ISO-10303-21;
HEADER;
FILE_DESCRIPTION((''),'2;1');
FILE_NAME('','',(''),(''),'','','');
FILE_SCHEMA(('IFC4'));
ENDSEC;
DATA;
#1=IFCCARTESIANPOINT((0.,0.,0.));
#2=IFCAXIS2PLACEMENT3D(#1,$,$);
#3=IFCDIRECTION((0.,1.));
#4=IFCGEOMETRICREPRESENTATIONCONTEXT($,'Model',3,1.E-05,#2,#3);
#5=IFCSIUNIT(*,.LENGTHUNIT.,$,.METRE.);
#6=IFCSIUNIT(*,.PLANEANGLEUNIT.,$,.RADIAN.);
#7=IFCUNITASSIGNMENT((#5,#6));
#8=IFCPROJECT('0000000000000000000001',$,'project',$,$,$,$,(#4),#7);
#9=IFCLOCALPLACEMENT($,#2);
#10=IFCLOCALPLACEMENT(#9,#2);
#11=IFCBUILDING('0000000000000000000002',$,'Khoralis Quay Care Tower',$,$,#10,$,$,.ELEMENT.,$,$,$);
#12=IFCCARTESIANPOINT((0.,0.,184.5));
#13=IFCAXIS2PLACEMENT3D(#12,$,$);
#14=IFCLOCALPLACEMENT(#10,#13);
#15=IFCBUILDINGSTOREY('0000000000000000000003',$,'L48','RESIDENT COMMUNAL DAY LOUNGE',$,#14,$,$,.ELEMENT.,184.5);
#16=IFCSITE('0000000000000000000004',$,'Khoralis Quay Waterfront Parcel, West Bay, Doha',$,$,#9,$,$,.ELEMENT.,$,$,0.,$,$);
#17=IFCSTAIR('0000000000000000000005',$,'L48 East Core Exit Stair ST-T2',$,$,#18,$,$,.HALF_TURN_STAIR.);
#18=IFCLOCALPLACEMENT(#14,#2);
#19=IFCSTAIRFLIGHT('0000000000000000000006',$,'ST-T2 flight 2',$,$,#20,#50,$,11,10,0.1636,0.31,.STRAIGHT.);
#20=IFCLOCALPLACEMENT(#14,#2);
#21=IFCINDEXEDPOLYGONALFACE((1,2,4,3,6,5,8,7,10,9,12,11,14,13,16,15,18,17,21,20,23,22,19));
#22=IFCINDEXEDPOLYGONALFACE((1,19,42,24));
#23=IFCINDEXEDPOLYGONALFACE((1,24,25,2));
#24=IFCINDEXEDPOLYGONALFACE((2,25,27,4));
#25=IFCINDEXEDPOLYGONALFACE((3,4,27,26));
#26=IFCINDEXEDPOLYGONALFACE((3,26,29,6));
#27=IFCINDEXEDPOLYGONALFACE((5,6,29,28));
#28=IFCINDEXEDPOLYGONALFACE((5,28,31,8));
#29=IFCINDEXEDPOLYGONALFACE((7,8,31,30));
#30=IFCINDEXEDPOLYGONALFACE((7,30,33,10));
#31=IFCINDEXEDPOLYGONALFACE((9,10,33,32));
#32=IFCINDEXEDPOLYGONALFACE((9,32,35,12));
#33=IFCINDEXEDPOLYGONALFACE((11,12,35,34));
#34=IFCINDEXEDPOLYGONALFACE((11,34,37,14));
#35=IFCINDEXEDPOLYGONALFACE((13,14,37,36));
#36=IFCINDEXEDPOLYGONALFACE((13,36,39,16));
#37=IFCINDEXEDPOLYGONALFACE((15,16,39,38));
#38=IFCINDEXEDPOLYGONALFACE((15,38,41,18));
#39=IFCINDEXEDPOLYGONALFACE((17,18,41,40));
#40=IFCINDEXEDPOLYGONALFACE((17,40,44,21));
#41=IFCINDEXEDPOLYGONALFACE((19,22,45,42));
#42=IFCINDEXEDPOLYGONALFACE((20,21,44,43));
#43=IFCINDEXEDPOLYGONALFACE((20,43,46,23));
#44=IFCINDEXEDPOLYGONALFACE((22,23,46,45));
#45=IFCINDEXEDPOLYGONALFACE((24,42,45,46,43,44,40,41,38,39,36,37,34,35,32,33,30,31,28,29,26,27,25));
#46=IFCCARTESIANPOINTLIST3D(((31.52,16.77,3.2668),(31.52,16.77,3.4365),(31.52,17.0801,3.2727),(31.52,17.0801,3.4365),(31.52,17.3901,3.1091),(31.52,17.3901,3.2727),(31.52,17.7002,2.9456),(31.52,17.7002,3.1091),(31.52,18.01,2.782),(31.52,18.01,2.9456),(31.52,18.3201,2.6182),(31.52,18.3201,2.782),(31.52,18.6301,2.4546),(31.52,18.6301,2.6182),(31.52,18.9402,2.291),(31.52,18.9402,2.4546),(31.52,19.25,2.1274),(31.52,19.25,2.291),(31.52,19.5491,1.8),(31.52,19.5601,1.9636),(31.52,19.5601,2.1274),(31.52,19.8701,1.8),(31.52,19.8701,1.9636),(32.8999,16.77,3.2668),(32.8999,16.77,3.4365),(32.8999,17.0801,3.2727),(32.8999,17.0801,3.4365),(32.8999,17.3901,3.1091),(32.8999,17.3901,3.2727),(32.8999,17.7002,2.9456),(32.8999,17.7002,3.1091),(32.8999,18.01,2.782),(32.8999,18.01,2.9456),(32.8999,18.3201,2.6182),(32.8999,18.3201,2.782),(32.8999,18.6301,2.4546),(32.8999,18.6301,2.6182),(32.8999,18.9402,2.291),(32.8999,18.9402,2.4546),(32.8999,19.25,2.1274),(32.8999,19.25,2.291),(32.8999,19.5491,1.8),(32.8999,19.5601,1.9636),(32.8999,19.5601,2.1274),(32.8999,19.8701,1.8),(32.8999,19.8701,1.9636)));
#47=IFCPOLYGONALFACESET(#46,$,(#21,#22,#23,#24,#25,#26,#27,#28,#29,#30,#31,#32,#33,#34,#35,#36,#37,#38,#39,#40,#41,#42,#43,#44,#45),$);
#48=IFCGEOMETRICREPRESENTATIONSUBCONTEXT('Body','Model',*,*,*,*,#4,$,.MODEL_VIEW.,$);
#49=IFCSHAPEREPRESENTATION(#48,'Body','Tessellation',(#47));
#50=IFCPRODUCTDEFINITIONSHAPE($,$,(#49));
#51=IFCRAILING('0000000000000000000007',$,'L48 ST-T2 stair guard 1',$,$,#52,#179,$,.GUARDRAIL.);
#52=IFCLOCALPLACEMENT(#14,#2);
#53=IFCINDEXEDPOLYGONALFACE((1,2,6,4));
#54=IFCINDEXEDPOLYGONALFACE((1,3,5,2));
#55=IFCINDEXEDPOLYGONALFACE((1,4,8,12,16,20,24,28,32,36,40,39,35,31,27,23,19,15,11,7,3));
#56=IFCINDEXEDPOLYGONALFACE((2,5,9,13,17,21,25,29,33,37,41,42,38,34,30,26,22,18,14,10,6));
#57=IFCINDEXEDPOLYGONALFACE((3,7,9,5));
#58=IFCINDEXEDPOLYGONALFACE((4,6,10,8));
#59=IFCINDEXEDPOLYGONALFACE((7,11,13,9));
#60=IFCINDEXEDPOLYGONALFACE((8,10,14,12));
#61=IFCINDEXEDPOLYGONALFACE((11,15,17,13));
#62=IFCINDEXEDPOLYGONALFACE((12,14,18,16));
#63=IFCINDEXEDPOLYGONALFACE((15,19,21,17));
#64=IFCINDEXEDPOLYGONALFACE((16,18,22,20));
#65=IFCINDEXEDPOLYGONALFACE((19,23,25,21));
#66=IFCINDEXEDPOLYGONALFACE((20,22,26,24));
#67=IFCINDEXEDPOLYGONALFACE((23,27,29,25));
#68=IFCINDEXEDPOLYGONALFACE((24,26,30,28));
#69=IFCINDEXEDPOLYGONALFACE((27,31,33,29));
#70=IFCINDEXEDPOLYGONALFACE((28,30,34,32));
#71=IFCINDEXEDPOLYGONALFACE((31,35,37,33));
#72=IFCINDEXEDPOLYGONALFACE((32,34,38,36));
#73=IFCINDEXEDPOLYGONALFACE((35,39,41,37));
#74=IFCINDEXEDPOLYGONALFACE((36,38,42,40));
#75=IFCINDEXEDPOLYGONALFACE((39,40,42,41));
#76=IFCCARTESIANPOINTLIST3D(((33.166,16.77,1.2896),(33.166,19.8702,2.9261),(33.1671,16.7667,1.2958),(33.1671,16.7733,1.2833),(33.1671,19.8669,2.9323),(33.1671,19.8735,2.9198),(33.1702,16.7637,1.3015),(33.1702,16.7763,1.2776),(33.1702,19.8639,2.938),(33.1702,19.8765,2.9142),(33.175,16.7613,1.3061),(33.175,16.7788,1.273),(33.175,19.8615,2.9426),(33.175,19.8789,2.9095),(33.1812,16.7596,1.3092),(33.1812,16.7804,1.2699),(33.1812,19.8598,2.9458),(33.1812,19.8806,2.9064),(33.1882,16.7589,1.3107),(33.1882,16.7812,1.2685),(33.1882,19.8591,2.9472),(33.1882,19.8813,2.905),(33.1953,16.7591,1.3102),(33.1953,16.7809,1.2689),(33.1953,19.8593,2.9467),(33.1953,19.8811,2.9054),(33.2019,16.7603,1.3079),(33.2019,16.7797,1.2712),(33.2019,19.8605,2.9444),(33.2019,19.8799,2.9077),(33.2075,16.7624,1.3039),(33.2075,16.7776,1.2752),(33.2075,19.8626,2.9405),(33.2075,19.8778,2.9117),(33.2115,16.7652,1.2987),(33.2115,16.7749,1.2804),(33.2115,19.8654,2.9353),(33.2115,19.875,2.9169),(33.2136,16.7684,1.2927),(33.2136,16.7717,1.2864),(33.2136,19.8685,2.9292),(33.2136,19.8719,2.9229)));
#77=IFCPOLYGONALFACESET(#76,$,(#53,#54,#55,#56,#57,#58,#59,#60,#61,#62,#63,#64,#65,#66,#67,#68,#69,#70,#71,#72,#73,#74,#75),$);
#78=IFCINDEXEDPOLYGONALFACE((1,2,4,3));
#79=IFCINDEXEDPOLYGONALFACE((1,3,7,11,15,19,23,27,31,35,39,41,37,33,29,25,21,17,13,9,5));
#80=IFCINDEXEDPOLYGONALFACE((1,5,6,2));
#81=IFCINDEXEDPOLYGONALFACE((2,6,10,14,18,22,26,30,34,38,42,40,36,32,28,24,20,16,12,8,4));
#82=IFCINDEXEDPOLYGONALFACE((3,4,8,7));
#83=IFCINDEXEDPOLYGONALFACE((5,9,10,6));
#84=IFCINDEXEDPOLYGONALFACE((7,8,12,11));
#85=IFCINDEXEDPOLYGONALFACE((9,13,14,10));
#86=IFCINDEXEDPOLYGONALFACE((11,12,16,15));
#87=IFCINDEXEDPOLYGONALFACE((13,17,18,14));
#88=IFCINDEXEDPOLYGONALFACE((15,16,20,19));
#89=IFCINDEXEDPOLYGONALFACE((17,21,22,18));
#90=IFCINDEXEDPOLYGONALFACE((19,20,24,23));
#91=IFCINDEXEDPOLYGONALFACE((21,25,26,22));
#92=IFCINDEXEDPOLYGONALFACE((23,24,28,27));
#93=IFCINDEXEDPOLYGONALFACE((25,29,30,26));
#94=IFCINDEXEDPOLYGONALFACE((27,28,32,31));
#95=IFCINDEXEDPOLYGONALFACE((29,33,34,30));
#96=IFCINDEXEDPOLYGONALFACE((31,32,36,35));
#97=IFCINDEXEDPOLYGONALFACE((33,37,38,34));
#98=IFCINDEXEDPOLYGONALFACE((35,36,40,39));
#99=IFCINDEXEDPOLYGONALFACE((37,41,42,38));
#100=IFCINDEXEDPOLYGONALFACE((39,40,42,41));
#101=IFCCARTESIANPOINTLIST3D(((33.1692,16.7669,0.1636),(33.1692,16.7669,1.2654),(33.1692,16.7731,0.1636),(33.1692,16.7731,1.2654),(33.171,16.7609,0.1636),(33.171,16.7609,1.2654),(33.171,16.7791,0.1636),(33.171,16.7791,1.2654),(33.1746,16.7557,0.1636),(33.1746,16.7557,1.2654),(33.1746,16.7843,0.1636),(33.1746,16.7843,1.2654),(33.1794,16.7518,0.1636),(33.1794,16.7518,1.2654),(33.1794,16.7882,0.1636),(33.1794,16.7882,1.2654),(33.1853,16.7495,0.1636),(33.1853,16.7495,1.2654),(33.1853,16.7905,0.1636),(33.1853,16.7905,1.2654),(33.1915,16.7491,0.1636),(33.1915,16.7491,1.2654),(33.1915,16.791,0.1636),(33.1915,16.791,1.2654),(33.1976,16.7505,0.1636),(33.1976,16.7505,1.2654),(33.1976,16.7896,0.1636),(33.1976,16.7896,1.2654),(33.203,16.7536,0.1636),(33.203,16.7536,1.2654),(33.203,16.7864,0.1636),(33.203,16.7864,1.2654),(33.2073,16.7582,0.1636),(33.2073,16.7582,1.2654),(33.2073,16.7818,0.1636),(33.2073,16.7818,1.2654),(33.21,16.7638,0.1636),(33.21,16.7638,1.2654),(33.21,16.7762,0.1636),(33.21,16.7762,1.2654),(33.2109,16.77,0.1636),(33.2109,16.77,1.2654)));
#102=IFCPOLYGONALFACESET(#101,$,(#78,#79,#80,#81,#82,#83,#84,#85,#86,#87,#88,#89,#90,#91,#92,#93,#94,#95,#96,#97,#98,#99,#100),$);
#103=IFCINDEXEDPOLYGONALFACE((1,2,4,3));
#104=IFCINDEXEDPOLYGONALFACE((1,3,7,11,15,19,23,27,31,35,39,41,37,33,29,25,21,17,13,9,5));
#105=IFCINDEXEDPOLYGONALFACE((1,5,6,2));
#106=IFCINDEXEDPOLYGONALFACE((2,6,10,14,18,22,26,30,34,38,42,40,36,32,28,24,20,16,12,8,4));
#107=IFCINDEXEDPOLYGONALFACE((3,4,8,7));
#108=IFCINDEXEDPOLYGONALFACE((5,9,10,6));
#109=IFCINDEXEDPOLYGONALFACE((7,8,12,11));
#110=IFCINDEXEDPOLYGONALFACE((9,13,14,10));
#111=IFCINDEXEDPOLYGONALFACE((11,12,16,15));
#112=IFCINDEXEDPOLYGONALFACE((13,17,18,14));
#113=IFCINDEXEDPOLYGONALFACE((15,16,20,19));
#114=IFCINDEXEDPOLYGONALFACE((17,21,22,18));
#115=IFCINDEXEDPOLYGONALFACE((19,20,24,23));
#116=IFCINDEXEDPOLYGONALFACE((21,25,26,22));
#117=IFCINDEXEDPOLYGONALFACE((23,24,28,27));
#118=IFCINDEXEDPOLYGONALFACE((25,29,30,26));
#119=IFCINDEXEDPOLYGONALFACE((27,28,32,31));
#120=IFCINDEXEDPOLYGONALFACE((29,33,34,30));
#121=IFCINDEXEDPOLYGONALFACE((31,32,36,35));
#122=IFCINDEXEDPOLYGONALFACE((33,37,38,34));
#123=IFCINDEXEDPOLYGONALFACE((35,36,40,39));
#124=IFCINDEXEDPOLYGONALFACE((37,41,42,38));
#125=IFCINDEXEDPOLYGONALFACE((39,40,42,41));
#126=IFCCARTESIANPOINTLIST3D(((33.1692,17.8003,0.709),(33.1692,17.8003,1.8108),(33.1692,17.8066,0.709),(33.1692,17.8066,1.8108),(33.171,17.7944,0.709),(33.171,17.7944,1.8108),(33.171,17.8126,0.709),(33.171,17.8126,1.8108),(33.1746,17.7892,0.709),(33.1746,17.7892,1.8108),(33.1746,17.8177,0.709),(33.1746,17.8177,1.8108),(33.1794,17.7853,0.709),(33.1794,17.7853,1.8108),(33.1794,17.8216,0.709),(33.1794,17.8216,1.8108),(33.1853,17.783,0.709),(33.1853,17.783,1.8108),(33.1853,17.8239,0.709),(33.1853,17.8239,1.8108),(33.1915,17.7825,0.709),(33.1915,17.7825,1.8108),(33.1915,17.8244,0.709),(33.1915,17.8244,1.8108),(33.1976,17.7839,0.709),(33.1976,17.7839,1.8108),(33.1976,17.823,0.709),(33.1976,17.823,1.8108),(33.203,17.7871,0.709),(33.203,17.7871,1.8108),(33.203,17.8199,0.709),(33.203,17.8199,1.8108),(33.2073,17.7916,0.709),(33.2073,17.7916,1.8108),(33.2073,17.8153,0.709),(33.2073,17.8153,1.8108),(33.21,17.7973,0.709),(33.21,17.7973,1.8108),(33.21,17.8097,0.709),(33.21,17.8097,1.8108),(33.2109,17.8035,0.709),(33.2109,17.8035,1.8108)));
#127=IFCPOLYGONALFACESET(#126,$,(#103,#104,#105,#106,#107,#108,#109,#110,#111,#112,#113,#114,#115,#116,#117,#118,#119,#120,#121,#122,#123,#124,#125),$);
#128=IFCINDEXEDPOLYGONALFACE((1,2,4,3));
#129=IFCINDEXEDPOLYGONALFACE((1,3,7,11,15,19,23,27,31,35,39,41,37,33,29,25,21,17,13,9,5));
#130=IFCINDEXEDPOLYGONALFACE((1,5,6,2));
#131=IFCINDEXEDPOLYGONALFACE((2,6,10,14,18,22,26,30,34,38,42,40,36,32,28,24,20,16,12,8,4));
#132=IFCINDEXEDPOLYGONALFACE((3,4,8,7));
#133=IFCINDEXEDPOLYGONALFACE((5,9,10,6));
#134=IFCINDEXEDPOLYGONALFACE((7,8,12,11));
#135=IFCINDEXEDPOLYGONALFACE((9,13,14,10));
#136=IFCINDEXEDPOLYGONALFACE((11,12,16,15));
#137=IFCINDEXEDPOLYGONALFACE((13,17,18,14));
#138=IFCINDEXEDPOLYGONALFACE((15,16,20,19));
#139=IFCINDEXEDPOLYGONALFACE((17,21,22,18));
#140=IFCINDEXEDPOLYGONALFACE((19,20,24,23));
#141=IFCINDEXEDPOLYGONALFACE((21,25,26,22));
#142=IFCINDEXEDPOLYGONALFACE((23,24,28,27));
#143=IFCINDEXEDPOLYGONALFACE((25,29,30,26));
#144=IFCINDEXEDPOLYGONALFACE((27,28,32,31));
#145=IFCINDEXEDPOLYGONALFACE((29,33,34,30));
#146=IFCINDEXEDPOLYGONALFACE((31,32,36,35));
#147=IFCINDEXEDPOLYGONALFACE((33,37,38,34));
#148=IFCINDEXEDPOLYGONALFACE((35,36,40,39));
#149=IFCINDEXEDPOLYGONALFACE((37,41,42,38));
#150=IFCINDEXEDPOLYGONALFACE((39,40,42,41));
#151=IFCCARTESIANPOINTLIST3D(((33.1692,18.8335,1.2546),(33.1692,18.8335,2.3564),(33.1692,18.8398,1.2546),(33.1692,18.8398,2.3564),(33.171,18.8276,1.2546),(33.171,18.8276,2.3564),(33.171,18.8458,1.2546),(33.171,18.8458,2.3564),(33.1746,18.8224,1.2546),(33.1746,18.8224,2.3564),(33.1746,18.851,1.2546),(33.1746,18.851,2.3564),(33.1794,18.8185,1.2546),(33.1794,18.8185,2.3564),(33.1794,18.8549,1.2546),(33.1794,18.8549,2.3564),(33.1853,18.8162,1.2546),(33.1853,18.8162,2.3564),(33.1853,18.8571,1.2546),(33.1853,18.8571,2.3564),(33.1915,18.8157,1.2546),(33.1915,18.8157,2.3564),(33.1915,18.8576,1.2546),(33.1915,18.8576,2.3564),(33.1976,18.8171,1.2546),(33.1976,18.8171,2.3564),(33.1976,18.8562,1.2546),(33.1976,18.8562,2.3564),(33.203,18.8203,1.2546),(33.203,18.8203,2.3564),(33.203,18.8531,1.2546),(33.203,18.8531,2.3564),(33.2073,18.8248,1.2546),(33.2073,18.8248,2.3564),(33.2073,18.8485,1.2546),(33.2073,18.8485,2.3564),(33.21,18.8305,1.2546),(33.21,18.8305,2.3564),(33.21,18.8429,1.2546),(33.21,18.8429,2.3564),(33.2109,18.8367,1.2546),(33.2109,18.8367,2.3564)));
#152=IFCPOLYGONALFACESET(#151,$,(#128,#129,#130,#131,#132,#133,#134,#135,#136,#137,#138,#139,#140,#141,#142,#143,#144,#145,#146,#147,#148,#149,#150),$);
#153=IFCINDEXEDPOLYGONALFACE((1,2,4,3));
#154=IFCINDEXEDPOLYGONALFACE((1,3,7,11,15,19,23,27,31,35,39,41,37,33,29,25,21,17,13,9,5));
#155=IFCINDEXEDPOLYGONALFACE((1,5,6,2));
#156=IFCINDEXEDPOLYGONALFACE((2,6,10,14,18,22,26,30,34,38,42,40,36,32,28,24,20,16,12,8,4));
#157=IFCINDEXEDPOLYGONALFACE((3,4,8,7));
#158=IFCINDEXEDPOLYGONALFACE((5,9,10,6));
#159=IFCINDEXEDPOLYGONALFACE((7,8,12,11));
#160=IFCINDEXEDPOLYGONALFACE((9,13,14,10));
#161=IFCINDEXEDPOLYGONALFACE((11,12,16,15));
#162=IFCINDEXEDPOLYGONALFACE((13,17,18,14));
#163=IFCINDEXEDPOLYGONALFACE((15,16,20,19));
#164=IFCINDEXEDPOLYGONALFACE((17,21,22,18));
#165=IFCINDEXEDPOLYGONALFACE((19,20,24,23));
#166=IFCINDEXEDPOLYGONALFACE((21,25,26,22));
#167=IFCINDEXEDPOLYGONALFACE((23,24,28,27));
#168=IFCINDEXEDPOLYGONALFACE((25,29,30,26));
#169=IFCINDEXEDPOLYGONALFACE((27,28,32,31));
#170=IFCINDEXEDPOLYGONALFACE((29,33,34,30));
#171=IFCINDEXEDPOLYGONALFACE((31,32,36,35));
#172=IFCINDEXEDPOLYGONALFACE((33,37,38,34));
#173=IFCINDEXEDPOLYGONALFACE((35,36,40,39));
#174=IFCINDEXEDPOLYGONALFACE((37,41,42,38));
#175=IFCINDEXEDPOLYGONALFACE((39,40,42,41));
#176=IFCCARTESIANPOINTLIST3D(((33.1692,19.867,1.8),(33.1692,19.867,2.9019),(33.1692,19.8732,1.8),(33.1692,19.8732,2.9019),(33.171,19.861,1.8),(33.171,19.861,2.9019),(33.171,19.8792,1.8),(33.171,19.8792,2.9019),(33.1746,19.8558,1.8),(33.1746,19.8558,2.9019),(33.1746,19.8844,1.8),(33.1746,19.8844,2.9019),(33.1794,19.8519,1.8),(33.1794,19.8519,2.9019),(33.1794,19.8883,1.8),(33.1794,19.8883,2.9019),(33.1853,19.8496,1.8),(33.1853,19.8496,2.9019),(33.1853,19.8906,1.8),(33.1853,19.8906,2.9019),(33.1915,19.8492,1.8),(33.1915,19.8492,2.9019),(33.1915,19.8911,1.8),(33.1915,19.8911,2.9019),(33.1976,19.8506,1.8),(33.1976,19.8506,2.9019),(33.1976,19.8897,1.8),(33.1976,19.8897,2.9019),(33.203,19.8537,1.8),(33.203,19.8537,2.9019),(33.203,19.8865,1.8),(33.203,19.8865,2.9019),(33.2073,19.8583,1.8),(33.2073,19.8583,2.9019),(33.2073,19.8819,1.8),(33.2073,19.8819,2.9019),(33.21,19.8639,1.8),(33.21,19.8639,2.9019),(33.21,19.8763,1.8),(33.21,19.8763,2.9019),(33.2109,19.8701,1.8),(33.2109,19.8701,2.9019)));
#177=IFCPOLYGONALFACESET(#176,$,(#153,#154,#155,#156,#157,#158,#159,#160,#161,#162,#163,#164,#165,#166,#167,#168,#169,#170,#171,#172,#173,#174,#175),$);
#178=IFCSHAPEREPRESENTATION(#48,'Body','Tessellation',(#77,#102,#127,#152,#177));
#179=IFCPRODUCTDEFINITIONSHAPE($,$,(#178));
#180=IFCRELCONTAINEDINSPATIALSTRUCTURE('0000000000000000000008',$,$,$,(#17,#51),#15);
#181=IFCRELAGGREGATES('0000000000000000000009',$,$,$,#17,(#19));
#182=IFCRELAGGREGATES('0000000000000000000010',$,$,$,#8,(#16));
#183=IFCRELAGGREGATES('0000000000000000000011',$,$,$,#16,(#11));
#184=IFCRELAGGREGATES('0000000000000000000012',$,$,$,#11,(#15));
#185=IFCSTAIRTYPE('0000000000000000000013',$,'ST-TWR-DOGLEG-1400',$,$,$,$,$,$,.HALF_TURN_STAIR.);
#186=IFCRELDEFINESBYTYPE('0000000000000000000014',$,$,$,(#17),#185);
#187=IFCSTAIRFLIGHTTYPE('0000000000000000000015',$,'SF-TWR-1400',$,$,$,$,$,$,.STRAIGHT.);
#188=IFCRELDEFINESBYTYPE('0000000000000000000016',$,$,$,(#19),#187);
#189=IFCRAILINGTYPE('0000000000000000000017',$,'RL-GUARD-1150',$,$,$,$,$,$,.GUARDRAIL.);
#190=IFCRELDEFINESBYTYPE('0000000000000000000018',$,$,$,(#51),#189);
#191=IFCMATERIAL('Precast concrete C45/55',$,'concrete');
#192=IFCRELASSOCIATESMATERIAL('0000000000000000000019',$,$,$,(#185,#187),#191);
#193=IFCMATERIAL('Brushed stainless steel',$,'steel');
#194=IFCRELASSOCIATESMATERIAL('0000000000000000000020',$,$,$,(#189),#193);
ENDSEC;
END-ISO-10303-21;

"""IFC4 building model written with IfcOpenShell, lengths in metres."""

from ifc_helpers import new_model, si_unit, direction, frame, origin, origin_2d, place, context, subcontext, project, spatial, polyline, circle, outline, extrude, source, transform, mapped, material, type_object, element, aggregate, save


model = new_model("IFC4")

# Units and contexts
model_context = context("Model", 3, precision=1e-05, world=origin(), true_north=direction((0.0, 1.0)))
body_context = subcontext(model_context, "Body", "Model", "MODEL_VIEW")
ifc_project = project(units=[si_unit("LENGTHUNIT", "METRE"), si_unit("PLANEANGLEUNIT", "RADIAN")], contexts=[model_context])

# Site, building, storey
site_placement = place(None, origin())
site = spatial("IfcSite", under=ifc_project, at=site_placement, Name="Khoralis Quay Waterfront Parcel, West Bay, Doha", CompositionType="ELEMENT", RefElevation=0.0)
building_placement = place(site_placement, origin())
building = spatial("IfcBuilding", under=site, at=building_placement, Name="Khoralis Quay Care Tower", CompositionType="ELEMENT")
storey_placement = place(building_placement, frame((0.0, 0.0, 184.5)))
storey = spatial("IfcBuildingStorey", under=building, at=storey_placement, Name="L48", Description="RESIDENT COMMUNAL DAY LOUNGE", CompositionType="ELEMENT", Elevation=184.5)

# Shared definitions
ifc_material_1 = material(Name="Brushed stainless steel", Category="steel")

# Shared definitions
ifc_material_2 = material(Name="Precast concrete C45/55", Category="concrete")

# Stair, stair flight
stair_type = type_object("IfcStairType", Name="ST-TWR-DOGLEG-1400", PredefinedType="HALF_TURN_STAIR", material=ifc_material_2)
stair_placement = place(storey_placement, origin())
stair = element("IfcStair", 1, at=stair_placement, inside=storey, type_object=stair_type, Name="L48 East Core Exit Stair ST-T2", PredefinedType="HALF_TURN_STAIR")
stair_flight_type = type_object("IfcStairFlightType", Name="SF-TWR-1400", PredefinedType="STRAIGHT", material=ifc_material_2)
shared_shape_1 = source(origin(), body_context, "Body", "SweptSolid", [
    extrude(outline(polyline([(0.0, 0.0), (0.0, 0.1636), (0.3101, 0.1636), (0.3101, 0.3274), (0.6201, 0.3274), (0.6201, 0.491), (0.9299, 0.491), (0.9299, 0.6545), (1.24, 0.6545), (1.24, 0.8181), (1.55, 0.8181), (1.55, 0.9819), (1.8601, 0.9819), (1.8601, 1.1455), (2.1699, 1.1455), (2.1699, 1.3091), (2.48, 1.3091), (2.48, 1.4727), (2.79, 1.4727), (2.79, 1.6365), (3.1001, 1.6365), (3.1001, 1.8), (3.1001, 1.4668), (0.321, 0.0), (0.0, 0.0)])), frame((0.0, 0.6899, 0.0), z_axis=(0.0, -1.0, 0.0), x_axis=(1.0, 0.0, 0.0)), (0.0, 0.0, 1.0), 1.3799),
])
stair_flight_1_placement = place(storey_placement, frame((32.21, 19.8701, 1.8), z_axis=(0.0, 0.0, 1.0), x_axis=(0.0, -1.0, 0.0)))
stair_flight_1 = element("IfcStairFlight", 2, at=stair_flight_1_placement, type_object=stair_flight_type, Name="ST-T2 flight 2", NumberOfRisers=11, NumberOfTreads=10, PredefinedType="STRAIGHT", RiserHeight=0.1636, TreadLength=0.31, context=body_context, shape_type="MappedRepresentation", body=[
    mapped(shared_shape_1, transform((0.0, 0.0, 0.0), scale=1.0)),
])
aggregate(stair, [stair_flight_1])

# Railing
railing_type_1 = type_object("IfcRailingType", Name="RL-GUARD-1150", PredefinedType="GUARDRAIL", material=ifc_material_1)
railing_1_placement = place(storey_placement, frame((33.1899, 16.77, 0.1636)))
element("IfcRailing", 3, at=railing_1_placement, inside=storey, type_object=railing_type_1, Name="L48 ST-T2 stair guard 1", PredefinedType="GUARDRAIL", context=body_context, shape_type="SweptSolid", body=[
    extrude(circle(Radius=0.0239, at=origin_2d()), frame((0.0, 0.0, 1.126), z_axis=(0.0, 0.884348, 0.466828), x_axis=(-1.0, 0.0, 0.0)), (0.0, 0.0, 1.0), 3.5056),
    extrude(circle(Radius=0.021, at=origin_2d()), origin(), (0.0, 0.0, 1.0), 1.1018),
    extrude(circle(Radius=0.021, at=origin_2d()), frame((0.0, 1.0334, 0.5454)), (0.0, 0.0, 1.0), 1.1018),
    extrude(circle(Radius=0.021, at=origin_2d()), frame((0.0, 2.0667, 1.0911)), (0.0, 0.0, 1.0), 1.1018),
    extrude(circle(Radius=0.021, at=origin_2d()), frame((0.0, 3.1001, 1.6365)), (0.0, 0.0, 1.0), 1.1018),
])

save(model, "model.ifc")
